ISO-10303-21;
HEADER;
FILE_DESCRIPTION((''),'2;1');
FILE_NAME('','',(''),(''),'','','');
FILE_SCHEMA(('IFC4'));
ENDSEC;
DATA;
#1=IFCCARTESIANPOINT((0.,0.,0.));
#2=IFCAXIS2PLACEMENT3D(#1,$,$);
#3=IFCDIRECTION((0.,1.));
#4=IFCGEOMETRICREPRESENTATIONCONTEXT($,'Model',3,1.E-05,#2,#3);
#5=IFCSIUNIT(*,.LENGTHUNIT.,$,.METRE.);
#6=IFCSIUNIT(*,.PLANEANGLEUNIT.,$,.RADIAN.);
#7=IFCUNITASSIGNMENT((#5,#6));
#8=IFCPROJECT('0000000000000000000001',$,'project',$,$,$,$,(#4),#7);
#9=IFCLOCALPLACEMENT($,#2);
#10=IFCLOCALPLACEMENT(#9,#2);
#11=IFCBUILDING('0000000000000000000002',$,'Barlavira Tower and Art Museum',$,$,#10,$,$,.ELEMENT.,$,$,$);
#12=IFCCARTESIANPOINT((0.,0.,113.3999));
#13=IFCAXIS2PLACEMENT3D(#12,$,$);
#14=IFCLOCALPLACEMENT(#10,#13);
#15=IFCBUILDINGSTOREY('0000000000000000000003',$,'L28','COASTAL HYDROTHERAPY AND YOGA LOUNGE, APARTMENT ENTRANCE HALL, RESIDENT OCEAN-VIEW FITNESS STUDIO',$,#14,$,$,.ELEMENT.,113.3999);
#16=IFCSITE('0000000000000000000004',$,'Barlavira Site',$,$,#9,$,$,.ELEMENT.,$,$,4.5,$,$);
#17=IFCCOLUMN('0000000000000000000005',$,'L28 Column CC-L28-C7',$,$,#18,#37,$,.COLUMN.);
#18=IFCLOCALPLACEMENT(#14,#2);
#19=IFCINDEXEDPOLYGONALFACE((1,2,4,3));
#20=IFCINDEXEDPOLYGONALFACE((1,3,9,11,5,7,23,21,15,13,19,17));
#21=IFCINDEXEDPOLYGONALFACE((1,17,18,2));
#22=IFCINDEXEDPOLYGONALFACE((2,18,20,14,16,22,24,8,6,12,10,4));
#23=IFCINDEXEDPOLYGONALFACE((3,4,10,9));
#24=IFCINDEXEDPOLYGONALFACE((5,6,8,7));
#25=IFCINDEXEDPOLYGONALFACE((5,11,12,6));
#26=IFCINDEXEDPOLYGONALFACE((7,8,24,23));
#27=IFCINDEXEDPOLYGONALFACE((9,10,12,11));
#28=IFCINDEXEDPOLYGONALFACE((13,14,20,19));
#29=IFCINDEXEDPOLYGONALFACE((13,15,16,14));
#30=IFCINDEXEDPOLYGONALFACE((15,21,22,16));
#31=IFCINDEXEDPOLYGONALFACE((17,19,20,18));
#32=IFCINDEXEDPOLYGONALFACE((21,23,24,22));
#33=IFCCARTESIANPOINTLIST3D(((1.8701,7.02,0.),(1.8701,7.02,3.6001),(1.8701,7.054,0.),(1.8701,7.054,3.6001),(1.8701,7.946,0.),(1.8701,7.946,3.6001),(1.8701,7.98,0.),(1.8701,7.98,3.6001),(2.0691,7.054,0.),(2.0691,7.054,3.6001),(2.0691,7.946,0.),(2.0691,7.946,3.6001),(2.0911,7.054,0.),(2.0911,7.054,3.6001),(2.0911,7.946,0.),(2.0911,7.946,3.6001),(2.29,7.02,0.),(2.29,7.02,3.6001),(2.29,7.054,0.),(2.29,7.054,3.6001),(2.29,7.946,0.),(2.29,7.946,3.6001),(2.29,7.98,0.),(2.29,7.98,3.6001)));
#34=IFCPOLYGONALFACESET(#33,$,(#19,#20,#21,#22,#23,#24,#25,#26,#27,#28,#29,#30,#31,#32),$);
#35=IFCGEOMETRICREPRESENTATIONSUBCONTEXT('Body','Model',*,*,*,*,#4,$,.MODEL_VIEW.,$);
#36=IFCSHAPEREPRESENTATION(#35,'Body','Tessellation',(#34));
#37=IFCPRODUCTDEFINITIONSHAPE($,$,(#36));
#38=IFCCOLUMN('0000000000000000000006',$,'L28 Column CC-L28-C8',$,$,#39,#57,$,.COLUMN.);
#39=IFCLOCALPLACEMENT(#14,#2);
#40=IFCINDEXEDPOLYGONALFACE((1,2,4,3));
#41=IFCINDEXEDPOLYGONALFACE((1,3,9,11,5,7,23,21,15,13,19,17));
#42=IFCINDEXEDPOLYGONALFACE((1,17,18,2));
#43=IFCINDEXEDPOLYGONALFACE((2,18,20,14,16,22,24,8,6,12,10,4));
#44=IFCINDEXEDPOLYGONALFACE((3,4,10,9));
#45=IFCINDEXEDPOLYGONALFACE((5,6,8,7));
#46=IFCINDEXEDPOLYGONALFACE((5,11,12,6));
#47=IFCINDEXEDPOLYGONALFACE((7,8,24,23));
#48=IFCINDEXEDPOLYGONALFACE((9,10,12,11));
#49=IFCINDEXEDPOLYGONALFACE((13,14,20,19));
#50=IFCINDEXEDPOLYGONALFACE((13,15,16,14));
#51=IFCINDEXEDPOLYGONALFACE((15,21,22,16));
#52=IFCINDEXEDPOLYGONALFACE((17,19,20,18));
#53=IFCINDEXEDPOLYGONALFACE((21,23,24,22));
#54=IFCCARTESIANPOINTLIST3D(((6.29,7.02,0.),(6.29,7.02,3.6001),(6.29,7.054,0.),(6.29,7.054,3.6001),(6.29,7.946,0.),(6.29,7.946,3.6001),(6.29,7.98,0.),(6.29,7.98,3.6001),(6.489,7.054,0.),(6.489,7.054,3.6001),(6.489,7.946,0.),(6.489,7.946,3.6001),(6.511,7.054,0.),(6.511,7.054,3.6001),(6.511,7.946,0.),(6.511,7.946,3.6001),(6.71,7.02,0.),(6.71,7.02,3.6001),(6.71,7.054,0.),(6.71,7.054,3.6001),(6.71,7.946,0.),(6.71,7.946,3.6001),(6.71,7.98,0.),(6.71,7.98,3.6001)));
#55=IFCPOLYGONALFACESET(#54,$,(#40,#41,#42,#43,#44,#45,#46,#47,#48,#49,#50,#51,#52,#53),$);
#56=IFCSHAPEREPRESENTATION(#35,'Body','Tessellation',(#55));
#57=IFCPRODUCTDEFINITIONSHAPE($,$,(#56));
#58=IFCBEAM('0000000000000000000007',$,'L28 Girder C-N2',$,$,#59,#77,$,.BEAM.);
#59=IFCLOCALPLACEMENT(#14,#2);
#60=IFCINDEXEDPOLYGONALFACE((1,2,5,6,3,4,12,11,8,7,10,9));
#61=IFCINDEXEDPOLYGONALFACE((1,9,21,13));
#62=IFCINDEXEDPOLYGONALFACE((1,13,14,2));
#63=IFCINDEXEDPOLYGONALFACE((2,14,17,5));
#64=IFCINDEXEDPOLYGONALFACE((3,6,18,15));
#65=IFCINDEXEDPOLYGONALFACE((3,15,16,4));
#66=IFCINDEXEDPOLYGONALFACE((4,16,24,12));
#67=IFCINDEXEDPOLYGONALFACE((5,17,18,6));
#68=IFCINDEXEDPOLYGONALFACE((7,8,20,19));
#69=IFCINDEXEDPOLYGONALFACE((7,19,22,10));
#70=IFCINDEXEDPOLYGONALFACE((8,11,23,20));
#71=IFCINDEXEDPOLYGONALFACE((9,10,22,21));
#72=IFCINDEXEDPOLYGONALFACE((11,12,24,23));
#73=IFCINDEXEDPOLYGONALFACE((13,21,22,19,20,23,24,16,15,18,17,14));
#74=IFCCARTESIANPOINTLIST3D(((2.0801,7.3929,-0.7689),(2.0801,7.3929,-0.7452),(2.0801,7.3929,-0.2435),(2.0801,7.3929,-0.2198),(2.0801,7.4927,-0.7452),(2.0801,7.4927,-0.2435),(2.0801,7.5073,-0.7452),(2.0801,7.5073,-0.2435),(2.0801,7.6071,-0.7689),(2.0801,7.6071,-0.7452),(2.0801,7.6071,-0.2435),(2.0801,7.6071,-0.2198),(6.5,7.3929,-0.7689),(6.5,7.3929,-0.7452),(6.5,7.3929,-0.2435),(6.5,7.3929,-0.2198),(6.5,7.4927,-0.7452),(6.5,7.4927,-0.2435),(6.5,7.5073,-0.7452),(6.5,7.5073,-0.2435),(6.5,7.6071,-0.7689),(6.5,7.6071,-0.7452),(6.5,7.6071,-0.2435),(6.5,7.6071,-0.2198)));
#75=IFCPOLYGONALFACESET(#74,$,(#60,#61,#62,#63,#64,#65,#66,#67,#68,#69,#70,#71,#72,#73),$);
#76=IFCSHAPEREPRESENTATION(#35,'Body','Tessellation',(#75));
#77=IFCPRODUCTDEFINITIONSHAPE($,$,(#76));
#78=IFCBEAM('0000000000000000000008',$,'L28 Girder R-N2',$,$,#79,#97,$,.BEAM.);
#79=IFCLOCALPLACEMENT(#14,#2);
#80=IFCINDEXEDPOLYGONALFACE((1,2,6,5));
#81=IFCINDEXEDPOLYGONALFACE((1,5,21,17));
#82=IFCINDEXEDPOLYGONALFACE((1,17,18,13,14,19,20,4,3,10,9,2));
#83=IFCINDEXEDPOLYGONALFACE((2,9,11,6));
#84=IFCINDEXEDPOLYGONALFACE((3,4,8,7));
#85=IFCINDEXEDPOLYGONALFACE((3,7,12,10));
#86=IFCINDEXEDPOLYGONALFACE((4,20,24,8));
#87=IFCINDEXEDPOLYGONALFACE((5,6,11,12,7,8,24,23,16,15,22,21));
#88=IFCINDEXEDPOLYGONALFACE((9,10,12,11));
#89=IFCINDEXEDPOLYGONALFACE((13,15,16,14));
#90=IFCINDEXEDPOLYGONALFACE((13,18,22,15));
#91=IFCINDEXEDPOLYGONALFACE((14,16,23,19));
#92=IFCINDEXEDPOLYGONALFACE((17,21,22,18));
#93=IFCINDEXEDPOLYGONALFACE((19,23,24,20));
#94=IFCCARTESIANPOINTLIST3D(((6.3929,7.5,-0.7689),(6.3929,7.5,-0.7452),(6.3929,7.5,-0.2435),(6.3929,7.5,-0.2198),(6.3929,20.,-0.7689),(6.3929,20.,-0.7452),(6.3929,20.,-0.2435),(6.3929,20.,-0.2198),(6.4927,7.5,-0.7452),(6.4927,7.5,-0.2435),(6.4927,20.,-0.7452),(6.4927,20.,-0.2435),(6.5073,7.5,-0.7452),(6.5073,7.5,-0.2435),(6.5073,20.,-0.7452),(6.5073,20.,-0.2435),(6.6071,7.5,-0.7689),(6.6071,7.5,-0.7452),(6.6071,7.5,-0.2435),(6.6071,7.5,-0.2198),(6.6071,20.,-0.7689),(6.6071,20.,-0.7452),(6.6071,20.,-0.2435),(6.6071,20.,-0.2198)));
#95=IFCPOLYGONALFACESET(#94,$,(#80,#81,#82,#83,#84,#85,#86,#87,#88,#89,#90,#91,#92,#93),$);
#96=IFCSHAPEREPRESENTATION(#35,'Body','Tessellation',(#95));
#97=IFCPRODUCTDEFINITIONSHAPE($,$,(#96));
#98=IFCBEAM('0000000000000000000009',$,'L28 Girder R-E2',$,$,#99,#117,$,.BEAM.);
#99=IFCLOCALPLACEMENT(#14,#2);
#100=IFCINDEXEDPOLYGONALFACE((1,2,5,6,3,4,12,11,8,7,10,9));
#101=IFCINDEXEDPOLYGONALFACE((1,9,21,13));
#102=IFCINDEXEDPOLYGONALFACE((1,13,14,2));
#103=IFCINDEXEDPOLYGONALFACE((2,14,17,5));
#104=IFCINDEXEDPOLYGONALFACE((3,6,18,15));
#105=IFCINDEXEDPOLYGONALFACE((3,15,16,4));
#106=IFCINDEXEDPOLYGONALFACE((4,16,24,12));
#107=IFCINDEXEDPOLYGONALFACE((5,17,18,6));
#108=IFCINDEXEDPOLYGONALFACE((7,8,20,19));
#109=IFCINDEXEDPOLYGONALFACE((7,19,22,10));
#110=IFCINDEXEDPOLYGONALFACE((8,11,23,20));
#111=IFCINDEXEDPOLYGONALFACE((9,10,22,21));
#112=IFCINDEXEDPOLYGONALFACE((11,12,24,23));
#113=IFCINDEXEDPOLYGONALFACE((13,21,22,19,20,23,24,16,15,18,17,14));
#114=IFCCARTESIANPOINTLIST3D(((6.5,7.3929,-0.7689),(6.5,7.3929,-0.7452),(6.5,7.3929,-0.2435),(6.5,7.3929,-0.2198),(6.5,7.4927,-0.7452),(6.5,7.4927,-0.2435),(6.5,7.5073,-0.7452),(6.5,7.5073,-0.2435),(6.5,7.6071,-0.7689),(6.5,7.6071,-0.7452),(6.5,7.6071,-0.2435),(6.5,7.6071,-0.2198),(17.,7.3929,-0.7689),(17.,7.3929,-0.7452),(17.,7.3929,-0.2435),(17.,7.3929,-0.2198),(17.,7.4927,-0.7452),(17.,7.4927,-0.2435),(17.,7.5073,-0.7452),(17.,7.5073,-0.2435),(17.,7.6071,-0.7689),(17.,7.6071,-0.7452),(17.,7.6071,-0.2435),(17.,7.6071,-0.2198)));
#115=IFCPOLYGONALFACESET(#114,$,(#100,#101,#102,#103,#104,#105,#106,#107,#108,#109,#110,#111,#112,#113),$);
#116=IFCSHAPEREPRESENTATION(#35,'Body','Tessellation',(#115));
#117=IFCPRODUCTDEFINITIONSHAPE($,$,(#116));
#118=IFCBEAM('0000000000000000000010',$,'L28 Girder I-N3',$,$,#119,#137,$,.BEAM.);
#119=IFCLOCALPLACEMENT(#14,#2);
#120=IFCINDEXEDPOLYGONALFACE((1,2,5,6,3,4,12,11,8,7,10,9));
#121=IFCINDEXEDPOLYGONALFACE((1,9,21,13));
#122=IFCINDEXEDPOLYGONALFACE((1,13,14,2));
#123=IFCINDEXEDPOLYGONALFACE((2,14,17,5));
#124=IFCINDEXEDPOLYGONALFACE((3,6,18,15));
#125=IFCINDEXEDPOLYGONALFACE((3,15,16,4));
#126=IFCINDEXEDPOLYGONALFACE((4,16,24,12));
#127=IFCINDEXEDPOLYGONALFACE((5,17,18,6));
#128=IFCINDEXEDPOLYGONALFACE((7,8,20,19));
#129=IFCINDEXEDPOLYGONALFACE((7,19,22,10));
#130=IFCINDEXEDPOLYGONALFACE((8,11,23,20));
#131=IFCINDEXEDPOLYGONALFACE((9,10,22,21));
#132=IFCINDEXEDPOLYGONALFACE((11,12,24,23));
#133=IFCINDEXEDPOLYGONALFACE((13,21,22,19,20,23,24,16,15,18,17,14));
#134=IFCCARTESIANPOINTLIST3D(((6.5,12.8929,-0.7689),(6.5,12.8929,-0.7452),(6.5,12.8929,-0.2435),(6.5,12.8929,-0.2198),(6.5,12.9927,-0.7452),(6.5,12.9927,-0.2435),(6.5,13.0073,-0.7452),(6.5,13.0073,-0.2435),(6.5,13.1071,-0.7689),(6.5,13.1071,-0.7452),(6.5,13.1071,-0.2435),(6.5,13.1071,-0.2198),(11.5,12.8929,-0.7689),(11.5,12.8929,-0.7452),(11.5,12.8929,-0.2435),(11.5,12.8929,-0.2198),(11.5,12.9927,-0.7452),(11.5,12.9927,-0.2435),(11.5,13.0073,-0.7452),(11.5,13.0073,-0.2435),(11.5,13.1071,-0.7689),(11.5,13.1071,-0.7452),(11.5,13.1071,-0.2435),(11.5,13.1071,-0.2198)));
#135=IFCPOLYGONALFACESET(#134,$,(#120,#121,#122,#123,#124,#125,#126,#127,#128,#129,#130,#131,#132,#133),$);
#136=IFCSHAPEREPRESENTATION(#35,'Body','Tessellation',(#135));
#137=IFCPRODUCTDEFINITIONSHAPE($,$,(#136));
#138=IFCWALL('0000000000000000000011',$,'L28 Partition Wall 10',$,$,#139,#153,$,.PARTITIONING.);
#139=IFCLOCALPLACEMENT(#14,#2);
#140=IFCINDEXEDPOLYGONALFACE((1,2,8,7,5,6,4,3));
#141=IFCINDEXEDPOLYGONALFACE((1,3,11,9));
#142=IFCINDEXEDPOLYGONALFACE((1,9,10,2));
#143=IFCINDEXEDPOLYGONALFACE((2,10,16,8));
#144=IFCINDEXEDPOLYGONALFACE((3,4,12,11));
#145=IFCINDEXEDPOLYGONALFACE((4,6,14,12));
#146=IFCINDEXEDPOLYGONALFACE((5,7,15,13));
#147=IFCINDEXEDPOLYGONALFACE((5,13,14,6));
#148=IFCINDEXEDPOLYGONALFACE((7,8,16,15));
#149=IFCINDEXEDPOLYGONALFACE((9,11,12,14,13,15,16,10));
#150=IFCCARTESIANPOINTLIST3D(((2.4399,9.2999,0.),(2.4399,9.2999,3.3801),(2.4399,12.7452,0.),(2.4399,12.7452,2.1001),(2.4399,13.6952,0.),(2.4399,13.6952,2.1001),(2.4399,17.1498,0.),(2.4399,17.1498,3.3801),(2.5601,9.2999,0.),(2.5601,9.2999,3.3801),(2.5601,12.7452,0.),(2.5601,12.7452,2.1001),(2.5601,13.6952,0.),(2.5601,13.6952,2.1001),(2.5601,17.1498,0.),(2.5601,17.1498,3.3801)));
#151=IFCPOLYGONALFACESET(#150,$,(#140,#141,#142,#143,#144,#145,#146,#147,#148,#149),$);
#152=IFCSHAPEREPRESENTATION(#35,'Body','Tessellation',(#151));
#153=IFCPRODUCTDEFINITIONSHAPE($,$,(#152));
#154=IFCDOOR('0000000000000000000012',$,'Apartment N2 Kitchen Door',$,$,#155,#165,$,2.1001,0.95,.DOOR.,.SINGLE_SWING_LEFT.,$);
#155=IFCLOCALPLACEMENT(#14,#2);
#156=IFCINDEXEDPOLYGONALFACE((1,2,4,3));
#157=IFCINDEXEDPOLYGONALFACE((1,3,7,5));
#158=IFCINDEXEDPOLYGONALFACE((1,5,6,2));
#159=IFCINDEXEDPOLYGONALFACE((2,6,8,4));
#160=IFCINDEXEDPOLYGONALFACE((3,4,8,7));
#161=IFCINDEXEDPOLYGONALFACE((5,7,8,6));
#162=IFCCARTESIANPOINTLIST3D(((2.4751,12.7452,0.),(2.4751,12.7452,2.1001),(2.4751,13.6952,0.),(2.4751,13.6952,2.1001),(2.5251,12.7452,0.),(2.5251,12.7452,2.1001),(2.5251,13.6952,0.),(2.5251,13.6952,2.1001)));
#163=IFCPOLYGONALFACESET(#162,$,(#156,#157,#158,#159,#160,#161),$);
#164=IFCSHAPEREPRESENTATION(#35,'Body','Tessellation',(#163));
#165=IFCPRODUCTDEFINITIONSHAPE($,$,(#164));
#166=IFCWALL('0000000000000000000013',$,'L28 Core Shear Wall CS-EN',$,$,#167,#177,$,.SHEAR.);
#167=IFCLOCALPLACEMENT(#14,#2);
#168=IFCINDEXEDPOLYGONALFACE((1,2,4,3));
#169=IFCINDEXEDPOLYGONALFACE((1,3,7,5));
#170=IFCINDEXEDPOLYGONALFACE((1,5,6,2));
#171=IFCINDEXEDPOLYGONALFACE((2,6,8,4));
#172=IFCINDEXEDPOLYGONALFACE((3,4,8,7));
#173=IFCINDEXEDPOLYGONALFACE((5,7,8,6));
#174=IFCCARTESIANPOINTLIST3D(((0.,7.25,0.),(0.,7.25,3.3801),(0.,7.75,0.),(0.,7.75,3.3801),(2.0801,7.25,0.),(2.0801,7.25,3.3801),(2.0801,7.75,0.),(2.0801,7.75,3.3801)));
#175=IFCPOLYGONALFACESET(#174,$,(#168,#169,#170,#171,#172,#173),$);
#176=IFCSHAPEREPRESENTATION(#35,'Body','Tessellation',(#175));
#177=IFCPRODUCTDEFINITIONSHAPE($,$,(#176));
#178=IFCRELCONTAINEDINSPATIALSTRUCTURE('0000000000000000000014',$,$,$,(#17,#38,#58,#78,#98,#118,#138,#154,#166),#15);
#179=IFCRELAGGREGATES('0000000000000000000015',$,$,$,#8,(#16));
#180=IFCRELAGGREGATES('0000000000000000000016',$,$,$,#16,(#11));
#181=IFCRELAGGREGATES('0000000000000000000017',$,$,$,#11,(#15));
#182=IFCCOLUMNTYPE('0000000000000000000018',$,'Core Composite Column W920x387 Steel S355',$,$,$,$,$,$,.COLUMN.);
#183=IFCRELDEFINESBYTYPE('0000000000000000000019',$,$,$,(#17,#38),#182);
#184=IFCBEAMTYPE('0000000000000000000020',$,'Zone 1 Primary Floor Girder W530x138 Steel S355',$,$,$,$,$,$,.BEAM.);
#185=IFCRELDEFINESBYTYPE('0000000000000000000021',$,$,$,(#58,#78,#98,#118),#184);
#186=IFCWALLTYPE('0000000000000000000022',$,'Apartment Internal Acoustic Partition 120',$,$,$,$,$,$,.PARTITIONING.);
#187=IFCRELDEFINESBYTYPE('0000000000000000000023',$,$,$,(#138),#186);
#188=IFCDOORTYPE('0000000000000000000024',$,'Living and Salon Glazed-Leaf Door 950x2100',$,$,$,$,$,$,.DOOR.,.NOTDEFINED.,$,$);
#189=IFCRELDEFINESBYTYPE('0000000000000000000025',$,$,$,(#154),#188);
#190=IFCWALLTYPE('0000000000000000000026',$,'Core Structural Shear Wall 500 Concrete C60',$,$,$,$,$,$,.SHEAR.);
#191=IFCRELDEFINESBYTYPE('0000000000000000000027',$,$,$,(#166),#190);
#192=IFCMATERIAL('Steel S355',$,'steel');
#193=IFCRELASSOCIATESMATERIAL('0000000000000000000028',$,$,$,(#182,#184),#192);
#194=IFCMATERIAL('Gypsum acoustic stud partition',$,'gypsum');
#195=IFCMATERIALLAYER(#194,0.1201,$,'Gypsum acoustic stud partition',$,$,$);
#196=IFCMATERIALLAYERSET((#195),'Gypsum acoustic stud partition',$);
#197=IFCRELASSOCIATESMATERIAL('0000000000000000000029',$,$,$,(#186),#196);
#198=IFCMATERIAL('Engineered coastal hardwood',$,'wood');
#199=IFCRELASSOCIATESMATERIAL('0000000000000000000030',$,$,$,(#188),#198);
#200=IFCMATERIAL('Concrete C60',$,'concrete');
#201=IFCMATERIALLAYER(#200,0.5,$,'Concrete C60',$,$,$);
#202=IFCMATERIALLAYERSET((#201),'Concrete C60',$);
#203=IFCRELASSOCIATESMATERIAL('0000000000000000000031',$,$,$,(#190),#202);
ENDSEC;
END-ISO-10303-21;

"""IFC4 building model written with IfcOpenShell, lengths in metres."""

from ifc_helpers import new_model, si_unit, direction, frame, frame_2d, origin, origin_2d, place, context, subcontext, project, spatial, rectangle, i_section, extrude, material, layer, layer_set, material_profile, profile_set, type_object, element, fill, save


model = new_model("IFC4")

# Units and contexts
model_context = context("Model", 3, precision=1e-05, world=origin(), true_north=direction((0.0, 1.0)))
body_context = subcontext(model_context, "Body", "Model", "MODEL_VIEW")
ifc_project = project(units=[si_unit("LENGTHUNIT", "METRE"), si_unit("PLANEANGLEUNIT", "RADIAN")], contexts=[model_context])

# Site, building, storey
site_placement = place(None, origin())
site = spatial("IfcSite", under=ifc_project, at=site_placement, Name="Barlavira Site", CompositionType="ELEMENT", RefElevation=4.5)
building_placement = place(site_placement, origin())
building = spatial("IfcBuilding", under=site, at=building_placement, Name="Barlavira Tower and Art Museum", CompositionType="ELEMENT")
storey_placement = place(building_placement, frame((0.0, 0.0, 113.3999)))
storey = spatial("IfcBuildingStorey", under=building, at=storey_placement, Name="L28", Description="COASTAL HYDROTHERAPY AND YOGA LOUNGE, APARTMENT ENTRANCE HALL, RESIDENT OCEAN-VIEW FITNESS STUDIO", CompositionType="ELEMENT", Elevation=113.3999)

# Columns
ifc_material_1 = material(Name="Steel S355", Category="steel")
ifc_material_profile_1 = material_profile(ifc_material_1, i_section(OverallWidth=0.4199, OverallDepth=0.96, WebThickness=0.022, FlangeThickness=0.0339, at=origin_2d()), Name="W920x387.0")
ifc_profile_set_1 = profile_set([ifc_material_profile_1], Name="Steel S355")
column_type = type_object("IfcColumnType", Name="Core Composite Column W920x387 Steel S355", PredefinedType="COLUMN", material=ifc_profile_set_1)
for number, where, z_axis, x_axis, name in (
    (1, (2.0801, 7.5, 0.0), (0.0, 0.0, 1.0), (1.0, 0.0, 0.0), "L28 Column CC-L28-C7"),
    (2, (6.5, 7.5, 0.0), (0.0, 0.0, 1.0), (1.0, 0.0, 0.0), "L28 Column CC-L28-C8"),
):
    element("IfcColumn", number, at=place(storey_placement, frame(where, z_axis=z_axis, x_axis=x_axis)), inside=storey, type_object=column_type, Name=name, PredefinedType="COLUMN", context=body_context, shape_type="SweptSolid", body=[
        extrude(i_section(OverallWidth=0.4199, OverallDepth=0.96, WebThickness=0.022, FlangeThickness=0.0339, at=origin_2d()), origin(), (0.0, 0.0, 1.0), 3.6001),
    ])

# Beams
ifc_material_profile_2 = material_profile(ifc_material_1, i_section(OverallWidth=0.2141, OverallDepth=0.5491, WebThickness=0.0146, FlangeThickness=0.0237, at=origin_2d()), Name="W530x138.0")
ifc_profile_set_2 = profile_set([ifc_material_profile_2], Name="Steel S355")
beam_type = type_object("IfcBeamType", Name="Zone 1 Primary Floor Girder W530x138 Steel S355", PredefinedType="BEAM", material=ifc_profile_set_2)
beam_1_placement = place(storey_placement, frame((2.0801, 7.5, -0.4944), z_axis=(1.0, 0.0, 0.0), x_axis=(0.0, 1.0, 0.0)))
element("IfcBeam", 3, at=beam_1_placement, inside=storey, type_object=beam_type, Name="L28 Girder C-N2", PredefinedType="BEAM", context=body_context, shape_type="SweptSolid", body=[
    extrude(i_section(OverallWidth=0.2141, OverallDepth=0.5491, WebThickness=0.0146, FlangeThickness=0.0237, at=origin_2d()), origin(), (0.0, 0.0, 1.0), 4.4199),
])
beam_2_placement = place(storey_placement, frame((6.5, 7.5, -0.4944), z_axis=(0.0, 1.0, 0.0), x_axis=(-1.0, 0.0, 0.0)))
element("IfcBeam", 4, at=beam_2_placement, inside=storey, type_object=beam_type, Name="L28 Girder R-N2", PredefinedType="BEAM", context=body_context, shape_type="SweptSolid", body=[
    extrude(i_section(OverallWidth=0.2141, OverallDepth=0.5491, WebThickness=0.0146, FlangeThickness=0.0237, at=origin_2d()), origin(), (0.0, 0.0, 1.0), 12.5),
])
beam_3_placement = place(storey_placement, frame((6.5, 7.5, -0.4944), z_axis=(1.0, 0.0, 0.0), x_axis=(0.0, 1.0, 0.0)))
element("IfcBeam", 5, at=beam_3_placement, inside=storey, type_object=beam_type, Name="L28 Girder R-E2", PredefinedType="BEAM", context=body_context, shape_type="SweptSolid", body=[
    extrude(i_section(OverallWidth=0.2141, OverallDepth=0.5491, WebThickness=0.0146, FlangeThickness=0.0237, at=origin_2d()), origin(), (0.0, 0.0, 1.0), 10.5),
])
beam_4_placement = place(storey_placement, frame((6.5, 13.0, -0.4944), z_axis=(1.0, 0.0, 0.0), x_axis=(0.0, 1.0, 0.0)))
element("IfcBeam", 6, at=beam_4_placement, inside=storey, type_object=beam_type, Name="L28 Girder I-N3", PredefinedType="BEAM", context=body_context, shape_type="SweptSolid", body=[
    extrude(i_section(OverallWidth=0.2141, OverallDepth=0.5491, WebThickness=0.0146, FlangeThickness=0.0237, at=origin_2d()), origin(), (0.0, 0.0, 1.0), 5.0),
])

# Wall, opening, door
ifc_material_2 = material(Name="Gypsum acoustic stud partition", Category="gypsum")
ifc_layer_1 = layer(ifc_material_2, 0.1201, Name="Gypsum acoustic stud partition")
ifc_layer_set_1 = layer_set([ifc_layer_1], Name="Gypsum acoustic stud partition")
wall_type_1 = type_object("IfcWallType", Name="Apartment Internal Acoustic Partition 120", PredefinedType="PARTITIONING", material=ifc_layer_set_1)
wall_1_placement = place(storey_placement, frame((2.5, 9.3, 0.0), z_axis=(0.0, 0.0, 1.0), x_axis=(0.0, 1.0, 0.0)))
wall_1 = element("IfcWall", 7, at=wall_1_placement, inside=storey, type_object=wall_type_1, Name="L28 Partition Wall 10", PredefinedType="PARTITIONING", context=body_context, shape_type="SweptSolid", body=[
    extrude(rectangle(XDim=7.8499, YDim=0.1201, at=frame_2d((3.9248, 0.0))), origin(), (0.0, 0.0, 1.0), 3.3801),
])
opening_1_placement = place(wall_1_placement, frame((3.4451, 0.0, 0.0)))
opening_1 = element("IfcOpeningElement", 8, at=opening_1_placement, cuts=wall_1, PredefinedType="OPENING", context=body_context, shape_type="SweptSolid", body=[
    extrude(rectangle(XDim=0.95, YDim=2.1001, at=frame_2d((0.4751, 1.05))), frame((0.0, 0.0701, 0.0), z_axis=(0.0, -1.0, 0.0), x_axis=(1.0, 0.0, 0.0)), (0.0, 0.0, 1.0), 0.1401),
])
ifc_material_3 = material(Name="Engineered coastal hardwood", Category="wood")
door_type_1 = type_object("IfcDoorType", Name="Living and Salon Glazed-Leaf Door 950x2100", OperationType="NOTDEFINED", PredefinedType="DOOR", material=ifc_material_3)
door_1_placement = place(opening_1_placement, origin())
door_1 = element("IfcDoor", 9, at=door_1_placement, inside=storey, type_object=door_type_1, Name="Apartment N2 Kitchen Door", OperationType="SINGLE_SWING_LEFT", OverallHeight=2.1001, OverallWidth=0.95, PredefinedType="DOOR", context=body_context, shape_type="SweptSolid", body=[
    extrude(rectangle(XDim=0.95, YDim=2.1001, at=frame_2d((0.4751, 1.05))), frame((0.0, 0.0249, 0.0), z_axis=(0.0, -1.0, 0.0), x_axis=(1.0, 0.0, 0.0)), (0.0, 0.0, 1.0), 0.05),
])
fill(opening_1, door_1)

# Wall
ifc_material_4 = material(Name="Concrete C60", Category="concrete")
ifc_layer_2 = layer(ifc_material_4, 0.5, Name="Concrete C60")
ifc_layer_set_2 = layer_set([ifc_layer_2], Name="Concrete C60")
wall_type_2 = type_object("IfcWallType", Name="Core Structural Shear Wall 500 Concrete C60", PredefinedType="SHEAR", material=ifc_layer_set_2)
wall_2_placement = place(storey_placement, frame((0.0, 7.5, 0.0), z_axis=(0.0, 0.0, 1.0), x_axis=(1.0, 0.0, 0.0)))
element("IfcWall", 10, at=wall_2_placement, inside=storey, type_object=wall_type_2, Name="L28 Core Shear Wall CS-EN", PredefinedType="SHEAR", context=body_context, shape_type="SweptSolid", body=[
    extrude(rectangle(XDim=2.0801, YDim=0.5, at=frame_2d((1.04, 0.0))), origin(), (0.0, 0.0, 1.0), 3.3801),
])

save(model, "model.ifc")
